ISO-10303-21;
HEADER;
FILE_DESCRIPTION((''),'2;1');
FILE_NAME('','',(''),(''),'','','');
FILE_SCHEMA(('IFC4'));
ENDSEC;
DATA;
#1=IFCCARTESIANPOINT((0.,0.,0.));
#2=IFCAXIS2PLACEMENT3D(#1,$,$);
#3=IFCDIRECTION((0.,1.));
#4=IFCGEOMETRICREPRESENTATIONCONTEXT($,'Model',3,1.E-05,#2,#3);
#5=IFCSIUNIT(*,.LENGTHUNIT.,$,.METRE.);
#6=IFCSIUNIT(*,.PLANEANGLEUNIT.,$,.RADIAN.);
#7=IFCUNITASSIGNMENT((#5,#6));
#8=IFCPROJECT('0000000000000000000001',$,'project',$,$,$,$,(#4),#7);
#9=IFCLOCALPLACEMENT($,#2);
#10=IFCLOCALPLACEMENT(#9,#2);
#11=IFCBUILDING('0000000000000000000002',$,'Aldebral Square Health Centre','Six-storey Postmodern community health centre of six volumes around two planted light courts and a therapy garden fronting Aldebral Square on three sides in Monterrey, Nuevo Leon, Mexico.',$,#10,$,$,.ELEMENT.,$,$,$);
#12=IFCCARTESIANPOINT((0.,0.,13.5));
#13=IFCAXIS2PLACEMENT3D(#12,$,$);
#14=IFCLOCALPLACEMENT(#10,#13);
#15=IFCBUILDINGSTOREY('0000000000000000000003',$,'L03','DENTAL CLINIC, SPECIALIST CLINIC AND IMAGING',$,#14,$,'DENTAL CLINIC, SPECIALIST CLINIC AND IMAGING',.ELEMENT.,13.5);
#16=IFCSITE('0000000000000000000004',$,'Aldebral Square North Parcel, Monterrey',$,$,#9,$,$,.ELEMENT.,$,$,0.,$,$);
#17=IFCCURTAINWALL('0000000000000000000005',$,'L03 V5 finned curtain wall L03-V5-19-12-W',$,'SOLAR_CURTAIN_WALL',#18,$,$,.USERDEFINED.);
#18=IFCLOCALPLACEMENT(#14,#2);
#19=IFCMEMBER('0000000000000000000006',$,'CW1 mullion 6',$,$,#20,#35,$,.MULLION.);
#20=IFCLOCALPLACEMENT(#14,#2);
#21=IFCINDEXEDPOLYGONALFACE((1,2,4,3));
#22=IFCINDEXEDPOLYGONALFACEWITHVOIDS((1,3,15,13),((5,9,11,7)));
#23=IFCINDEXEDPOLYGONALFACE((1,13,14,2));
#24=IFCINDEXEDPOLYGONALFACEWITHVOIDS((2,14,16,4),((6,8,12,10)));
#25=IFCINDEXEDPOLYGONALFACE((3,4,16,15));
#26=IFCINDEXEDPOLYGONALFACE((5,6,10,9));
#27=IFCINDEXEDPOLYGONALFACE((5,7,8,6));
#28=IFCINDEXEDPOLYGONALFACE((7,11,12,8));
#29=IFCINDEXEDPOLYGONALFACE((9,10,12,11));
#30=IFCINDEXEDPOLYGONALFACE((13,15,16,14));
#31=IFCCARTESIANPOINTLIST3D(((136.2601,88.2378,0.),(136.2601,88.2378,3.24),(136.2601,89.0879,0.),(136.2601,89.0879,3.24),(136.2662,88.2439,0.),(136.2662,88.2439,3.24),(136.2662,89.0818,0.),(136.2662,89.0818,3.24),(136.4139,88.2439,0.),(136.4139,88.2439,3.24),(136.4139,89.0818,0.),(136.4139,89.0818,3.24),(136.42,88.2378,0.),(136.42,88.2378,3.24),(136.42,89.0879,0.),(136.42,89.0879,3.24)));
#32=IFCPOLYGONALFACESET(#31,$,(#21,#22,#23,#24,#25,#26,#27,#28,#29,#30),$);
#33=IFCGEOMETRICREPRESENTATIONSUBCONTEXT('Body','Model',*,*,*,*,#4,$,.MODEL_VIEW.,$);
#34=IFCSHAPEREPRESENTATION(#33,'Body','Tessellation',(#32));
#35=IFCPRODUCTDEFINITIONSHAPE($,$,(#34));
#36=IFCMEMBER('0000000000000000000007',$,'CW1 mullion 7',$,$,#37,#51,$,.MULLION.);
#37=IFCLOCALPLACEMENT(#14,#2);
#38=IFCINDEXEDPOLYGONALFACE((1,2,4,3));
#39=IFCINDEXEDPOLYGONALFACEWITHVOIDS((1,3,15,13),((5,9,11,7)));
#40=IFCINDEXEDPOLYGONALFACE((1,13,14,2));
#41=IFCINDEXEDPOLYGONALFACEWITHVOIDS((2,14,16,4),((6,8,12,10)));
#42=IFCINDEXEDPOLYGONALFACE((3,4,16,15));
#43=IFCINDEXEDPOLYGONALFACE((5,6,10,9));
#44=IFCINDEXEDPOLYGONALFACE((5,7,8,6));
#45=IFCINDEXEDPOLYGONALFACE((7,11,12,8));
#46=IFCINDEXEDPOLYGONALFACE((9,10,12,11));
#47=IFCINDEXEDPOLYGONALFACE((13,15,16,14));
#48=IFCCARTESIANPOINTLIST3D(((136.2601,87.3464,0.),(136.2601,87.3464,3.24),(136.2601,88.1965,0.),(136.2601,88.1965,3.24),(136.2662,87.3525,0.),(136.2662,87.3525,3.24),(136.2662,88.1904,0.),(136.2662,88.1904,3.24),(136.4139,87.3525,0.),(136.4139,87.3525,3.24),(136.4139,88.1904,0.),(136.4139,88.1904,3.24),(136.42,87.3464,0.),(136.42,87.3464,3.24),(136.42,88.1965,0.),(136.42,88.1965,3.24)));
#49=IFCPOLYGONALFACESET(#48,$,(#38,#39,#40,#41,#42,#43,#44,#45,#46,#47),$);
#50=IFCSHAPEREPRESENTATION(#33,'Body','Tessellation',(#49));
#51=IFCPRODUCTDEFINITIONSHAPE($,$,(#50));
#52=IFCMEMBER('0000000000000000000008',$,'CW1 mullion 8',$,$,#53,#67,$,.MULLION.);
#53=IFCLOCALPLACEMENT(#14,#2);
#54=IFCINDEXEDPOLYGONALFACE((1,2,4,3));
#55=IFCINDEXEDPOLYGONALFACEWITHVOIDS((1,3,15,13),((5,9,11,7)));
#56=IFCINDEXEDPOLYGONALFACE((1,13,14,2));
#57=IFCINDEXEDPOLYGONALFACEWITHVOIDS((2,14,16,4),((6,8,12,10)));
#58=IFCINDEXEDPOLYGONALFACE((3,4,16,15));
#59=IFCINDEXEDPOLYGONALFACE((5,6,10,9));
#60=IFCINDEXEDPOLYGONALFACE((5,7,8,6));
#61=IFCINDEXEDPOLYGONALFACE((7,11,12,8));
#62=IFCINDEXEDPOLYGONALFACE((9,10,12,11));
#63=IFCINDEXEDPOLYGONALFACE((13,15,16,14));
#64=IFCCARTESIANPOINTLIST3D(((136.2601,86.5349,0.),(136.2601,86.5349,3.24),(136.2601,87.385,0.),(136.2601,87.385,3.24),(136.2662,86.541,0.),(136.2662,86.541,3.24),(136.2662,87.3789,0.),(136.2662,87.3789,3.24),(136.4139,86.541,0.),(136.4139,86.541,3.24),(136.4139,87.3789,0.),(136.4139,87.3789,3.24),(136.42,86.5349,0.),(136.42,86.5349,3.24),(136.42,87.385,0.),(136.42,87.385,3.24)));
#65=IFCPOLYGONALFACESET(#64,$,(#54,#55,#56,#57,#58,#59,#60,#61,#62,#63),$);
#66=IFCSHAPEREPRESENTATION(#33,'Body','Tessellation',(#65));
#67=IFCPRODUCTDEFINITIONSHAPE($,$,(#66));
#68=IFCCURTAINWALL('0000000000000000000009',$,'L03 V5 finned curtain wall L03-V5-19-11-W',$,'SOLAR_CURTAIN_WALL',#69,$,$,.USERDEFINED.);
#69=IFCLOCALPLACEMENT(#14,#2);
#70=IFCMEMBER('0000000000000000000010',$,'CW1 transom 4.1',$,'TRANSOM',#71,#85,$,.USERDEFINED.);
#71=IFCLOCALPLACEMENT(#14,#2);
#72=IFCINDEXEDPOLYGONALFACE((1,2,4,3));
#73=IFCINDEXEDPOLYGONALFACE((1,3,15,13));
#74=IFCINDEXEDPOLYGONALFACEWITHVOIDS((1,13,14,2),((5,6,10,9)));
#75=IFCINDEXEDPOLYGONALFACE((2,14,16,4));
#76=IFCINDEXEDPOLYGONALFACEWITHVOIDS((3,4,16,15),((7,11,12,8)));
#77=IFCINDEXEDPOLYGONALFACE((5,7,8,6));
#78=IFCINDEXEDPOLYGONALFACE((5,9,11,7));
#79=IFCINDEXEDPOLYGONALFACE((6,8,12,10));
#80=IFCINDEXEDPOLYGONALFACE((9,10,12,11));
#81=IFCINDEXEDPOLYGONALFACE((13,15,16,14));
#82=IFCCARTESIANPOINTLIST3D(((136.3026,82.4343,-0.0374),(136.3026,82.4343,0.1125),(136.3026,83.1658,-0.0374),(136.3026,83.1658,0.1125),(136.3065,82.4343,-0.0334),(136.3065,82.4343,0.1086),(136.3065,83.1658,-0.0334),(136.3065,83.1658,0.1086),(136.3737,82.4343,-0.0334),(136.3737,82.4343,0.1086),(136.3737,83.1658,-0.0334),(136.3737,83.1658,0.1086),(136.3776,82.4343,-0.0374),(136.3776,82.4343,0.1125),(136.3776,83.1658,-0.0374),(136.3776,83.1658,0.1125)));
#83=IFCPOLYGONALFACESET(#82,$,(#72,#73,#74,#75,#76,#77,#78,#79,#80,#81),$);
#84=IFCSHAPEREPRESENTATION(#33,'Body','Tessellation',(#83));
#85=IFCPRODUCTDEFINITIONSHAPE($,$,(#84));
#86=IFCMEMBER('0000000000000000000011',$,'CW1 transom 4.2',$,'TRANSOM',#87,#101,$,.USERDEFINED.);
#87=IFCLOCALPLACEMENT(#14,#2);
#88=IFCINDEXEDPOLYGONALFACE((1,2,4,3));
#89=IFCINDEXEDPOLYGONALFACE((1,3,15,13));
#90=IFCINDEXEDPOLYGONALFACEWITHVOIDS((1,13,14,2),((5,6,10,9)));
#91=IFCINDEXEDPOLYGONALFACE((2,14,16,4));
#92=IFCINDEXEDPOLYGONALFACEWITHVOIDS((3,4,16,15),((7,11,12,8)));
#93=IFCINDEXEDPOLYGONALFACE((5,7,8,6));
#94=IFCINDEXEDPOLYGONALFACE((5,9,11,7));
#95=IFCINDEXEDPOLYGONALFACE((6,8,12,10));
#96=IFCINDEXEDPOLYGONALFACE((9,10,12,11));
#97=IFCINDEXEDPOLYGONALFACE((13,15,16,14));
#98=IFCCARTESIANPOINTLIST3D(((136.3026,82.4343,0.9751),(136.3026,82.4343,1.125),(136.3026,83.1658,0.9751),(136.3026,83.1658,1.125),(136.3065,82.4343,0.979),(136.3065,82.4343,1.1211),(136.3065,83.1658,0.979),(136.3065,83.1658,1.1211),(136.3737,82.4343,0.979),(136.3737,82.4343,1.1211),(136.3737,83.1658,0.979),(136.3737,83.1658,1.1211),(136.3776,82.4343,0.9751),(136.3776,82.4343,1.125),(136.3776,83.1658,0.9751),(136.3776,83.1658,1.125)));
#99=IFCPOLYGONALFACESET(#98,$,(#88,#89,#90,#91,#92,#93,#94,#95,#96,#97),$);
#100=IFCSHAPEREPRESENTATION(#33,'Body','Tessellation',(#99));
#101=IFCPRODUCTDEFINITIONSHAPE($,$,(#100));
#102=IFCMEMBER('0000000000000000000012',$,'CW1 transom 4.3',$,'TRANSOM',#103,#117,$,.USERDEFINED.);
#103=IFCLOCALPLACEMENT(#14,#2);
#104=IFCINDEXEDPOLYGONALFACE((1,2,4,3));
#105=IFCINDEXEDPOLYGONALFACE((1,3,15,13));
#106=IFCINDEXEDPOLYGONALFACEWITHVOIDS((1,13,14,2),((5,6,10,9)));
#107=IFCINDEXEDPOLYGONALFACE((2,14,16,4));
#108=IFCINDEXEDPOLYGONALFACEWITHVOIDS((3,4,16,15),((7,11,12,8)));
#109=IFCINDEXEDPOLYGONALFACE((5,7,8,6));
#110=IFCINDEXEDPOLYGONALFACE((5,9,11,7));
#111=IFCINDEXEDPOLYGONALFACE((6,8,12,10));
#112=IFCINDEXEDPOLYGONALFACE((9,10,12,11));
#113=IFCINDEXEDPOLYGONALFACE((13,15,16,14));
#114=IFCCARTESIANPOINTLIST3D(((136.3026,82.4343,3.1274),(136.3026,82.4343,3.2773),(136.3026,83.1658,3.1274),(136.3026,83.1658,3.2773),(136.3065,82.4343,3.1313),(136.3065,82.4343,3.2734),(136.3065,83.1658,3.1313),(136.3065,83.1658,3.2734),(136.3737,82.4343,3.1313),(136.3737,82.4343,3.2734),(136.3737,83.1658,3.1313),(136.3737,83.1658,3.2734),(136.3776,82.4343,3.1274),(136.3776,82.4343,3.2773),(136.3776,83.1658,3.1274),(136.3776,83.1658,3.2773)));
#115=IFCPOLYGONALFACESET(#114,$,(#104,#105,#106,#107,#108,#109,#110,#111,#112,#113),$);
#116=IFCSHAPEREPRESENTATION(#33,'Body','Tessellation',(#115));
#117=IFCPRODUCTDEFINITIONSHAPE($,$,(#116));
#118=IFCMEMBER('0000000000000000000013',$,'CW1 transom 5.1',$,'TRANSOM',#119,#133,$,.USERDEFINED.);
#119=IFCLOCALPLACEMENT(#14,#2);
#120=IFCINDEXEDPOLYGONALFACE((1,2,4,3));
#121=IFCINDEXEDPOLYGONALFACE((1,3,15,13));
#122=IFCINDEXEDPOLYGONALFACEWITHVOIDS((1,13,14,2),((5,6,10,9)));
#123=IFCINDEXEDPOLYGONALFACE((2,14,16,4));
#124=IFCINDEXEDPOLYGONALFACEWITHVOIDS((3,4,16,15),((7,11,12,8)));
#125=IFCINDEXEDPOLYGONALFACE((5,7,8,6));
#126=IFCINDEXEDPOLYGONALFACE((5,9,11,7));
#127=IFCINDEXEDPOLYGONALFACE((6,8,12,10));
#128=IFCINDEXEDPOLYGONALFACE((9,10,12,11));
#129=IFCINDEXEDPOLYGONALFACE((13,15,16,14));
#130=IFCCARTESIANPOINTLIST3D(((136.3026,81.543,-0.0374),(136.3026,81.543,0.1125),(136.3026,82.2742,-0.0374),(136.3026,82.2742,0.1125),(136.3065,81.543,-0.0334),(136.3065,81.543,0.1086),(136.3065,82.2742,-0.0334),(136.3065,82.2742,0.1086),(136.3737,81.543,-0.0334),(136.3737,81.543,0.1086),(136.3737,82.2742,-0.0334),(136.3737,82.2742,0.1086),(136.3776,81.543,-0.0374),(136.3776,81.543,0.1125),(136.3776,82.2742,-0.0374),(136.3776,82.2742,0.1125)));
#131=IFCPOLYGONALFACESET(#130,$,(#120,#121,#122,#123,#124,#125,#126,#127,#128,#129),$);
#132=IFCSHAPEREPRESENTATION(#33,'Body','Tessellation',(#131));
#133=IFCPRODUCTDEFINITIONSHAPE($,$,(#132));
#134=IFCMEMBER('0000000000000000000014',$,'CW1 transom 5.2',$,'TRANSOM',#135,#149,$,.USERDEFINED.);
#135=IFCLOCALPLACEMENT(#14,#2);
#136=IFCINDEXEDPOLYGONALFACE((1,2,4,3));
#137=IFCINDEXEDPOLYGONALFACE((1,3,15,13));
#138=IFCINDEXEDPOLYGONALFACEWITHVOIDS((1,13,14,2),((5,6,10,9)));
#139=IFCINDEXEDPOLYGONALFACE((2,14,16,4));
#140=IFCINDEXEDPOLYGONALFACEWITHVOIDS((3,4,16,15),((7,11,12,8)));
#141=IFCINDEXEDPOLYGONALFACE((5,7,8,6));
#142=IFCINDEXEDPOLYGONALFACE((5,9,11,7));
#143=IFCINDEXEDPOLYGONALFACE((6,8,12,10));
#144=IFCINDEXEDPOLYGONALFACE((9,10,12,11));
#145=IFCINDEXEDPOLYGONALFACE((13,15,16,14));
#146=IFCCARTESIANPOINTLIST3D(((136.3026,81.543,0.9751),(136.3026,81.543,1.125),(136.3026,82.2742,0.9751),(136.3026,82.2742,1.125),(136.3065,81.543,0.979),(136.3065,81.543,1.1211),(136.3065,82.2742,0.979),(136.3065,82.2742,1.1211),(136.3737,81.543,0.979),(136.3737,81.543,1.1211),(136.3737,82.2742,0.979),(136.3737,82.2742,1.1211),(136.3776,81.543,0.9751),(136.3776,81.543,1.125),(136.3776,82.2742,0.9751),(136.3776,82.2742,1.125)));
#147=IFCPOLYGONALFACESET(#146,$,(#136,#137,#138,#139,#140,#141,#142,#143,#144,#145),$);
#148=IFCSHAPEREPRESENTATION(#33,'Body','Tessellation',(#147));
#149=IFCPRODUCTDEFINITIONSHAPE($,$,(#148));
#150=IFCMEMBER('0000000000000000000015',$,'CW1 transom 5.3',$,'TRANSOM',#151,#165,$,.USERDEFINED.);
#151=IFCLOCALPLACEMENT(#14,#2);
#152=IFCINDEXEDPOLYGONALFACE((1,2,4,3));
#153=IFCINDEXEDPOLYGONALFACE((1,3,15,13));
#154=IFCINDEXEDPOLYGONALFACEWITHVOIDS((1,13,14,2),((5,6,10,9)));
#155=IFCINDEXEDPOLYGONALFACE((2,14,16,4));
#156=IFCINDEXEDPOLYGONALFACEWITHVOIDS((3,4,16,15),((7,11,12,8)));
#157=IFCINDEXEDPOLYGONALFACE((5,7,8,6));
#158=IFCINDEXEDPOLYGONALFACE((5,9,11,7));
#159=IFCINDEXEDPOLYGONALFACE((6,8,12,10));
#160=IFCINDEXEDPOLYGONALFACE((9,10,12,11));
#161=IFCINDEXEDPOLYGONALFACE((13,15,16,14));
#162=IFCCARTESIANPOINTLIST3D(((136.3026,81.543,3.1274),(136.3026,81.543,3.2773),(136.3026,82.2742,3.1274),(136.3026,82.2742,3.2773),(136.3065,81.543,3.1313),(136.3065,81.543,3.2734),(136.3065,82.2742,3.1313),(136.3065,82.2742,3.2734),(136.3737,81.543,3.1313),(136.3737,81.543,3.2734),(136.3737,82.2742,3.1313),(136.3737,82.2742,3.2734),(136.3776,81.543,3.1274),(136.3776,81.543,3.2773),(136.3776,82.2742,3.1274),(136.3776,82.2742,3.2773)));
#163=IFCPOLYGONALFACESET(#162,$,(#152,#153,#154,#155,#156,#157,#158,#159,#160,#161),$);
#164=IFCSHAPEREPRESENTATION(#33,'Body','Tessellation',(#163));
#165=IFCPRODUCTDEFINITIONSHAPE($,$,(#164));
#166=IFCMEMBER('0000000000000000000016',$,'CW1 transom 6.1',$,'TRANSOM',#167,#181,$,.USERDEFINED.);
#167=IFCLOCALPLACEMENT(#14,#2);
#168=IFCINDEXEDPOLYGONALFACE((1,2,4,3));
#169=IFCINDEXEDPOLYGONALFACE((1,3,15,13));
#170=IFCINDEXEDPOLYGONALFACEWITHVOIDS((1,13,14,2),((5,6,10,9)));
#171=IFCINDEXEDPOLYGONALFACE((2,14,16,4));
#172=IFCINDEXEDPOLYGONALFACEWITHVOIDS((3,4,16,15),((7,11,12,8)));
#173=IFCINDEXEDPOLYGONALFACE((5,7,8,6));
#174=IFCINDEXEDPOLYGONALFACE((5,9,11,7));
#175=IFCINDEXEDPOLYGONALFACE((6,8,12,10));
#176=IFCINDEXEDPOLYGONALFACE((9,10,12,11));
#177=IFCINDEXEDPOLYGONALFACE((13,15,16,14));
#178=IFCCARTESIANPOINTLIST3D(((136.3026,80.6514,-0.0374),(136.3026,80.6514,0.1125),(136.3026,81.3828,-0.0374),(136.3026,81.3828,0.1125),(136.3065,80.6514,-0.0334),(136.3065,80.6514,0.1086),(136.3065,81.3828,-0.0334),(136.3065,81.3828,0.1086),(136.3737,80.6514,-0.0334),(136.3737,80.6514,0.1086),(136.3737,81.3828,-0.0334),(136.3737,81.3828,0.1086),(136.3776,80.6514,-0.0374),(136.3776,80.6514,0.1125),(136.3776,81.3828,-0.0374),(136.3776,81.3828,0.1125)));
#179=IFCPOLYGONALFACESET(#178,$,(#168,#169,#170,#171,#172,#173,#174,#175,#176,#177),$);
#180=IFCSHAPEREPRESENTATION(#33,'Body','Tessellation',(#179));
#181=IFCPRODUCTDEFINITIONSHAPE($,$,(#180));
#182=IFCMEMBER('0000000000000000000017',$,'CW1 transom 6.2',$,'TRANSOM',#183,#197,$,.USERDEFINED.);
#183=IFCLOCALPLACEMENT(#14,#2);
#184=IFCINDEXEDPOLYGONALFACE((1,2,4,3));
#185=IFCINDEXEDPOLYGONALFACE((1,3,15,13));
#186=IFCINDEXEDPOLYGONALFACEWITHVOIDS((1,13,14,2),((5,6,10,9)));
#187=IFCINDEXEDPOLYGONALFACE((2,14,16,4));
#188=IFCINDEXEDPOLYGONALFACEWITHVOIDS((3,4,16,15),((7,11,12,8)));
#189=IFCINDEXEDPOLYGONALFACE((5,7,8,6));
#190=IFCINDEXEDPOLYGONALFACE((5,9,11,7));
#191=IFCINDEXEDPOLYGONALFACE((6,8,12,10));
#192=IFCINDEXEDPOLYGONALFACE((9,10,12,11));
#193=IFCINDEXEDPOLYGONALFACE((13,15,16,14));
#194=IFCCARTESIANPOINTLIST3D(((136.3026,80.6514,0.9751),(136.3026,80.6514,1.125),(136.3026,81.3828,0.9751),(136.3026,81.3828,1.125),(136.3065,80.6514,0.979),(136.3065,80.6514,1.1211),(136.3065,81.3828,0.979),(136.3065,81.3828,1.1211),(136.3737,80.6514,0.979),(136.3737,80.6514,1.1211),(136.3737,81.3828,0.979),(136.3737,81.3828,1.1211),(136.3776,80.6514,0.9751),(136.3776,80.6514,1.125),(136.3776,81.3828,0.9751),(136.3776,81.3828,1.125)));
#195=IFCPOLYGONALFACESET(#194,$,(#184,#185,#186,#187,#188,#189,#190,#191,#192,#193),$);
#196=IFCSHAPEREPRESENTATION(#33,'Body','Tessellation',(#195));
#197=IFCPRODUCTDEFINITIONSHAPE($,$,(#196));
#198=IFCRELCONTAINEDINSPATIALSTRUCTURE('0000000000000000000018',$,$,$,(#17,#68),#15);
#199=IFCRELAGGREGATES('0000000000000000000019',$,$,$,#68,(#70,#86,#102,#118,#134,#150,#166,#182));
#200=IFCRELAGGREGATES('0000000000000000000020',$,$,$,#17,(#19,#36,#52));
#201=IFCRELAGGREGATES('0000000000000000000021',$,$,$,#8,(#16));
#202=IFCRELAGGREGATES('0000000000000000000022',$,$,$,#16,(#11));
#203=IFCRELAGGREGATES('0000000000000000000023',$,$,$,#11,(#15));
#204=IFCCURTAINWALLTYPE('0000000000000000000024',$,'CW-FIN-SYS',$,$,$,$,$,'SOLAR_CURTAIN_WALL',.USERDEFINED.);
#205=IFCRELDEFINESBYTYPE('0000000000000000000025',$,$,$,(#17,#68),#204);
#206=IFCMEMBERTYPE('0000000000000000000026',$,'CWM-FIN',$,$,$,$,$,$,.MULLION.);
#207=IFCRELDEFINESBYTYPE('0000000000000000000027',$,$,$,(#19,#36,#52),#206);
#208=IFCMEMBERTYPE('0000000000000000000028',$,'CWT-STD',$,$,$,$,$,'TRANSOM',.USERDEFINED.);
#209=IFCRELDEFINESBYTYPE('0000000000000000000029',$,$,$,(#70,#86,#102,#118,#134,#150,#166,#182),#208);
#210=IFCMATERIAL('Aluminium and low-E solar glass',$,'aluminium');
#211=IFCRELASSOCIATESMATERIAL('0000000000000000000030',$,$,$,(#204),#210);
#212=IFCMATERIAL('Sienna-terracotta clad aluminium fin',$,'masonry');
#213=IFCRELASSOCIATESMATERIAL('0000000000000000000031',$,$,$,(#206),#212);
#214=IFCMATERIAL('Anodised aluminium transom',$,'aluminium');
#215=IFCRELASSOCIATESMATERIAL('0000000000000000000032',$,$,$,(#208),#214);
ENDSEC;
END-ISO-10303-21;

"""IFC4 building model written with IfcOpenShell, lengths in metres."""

from ifc_helpers import new_model, si_unit, direction, frame, origin, origin_2d, place, context, subcontext, project, spatial, hollow_rectangle, extrude, material, material_profile, profile_set, type_object, element, aggregate, save


model = new_model("IFC4")

# Units and contexts
model_context = context("Model", 3, precision=1e-05, world=origin(), true_north=direction((0.0, 1.0)))
body_context = subcontext(model_context, "Body", "Model", "MODEL_VIEW")
ifc_project = project(units=[si_unit("LENGTHUNIT", "METRE"), si_unit("PLANEANGLEUNIT", "RADIAN")], contexts=[model_context])

# Site, building, storey
site_placement = place(None, origin())
site = spatial("IfcSite", under=ifc_project, at=site_placement, Name="Aldebral Square North Parcel, Monterrey", CompositionType="ELEMENT", RefElevation=0.0)
building_placement = place(site_placement, origin())
building = spatial("IfcBuilding", under=site, at=building_placement, Name="Aldebral Square Health Centre", Description="Six-storey Postmodern community health centre of six volumes around two planted light courts and a therapy garden fronting Aldebral Square on three sides in Monterrey, Nuevo Leon, Mexico.", CompositionType="ELEMENT")
storey_placement = place(building_placement, frame((0.0, 0.0, 13.5)))
storey = spatial("IfcBuildingStorey", under=building, at=storey_placement, Name="L03", Description="DENTAL CLINIC, SPECIALIST CLINIC AND IMAGING", LongName="DENTAL CLINIC, SPECIALIST CLINIC AND IMAGING", CompositionType="ELEMENT", Elevation=13.5)

# Curtain wall, members
ifc_material_1 = material(Name="Aluminium and low-E solar glass", Category="aluminium")
curtain_wall_type = type_object("IfcCurtainWallType", Name="CW-FIN-SYS", ElementType="SOLAR_CURTAIN_WALL", PredefinedType="USERDEFINED", material=ifc_material_1)
curtain_wall_1_placement = place(storey_placement, origin())
curtain_wall_1 = element("IfcCurtainWall", 1, at=curtain_wall_1_placement, inside=storey, type_object=curtain_wall_type, Name="L03 V5 finned curtain wall L03-V5-19-12-W", ObjectType="SOLAR_CURTAIN_WALL", PredefinedType="USERDEFINED")
ifc_material_2 = material(Name="Sienna-terracotta clad aluminium fin", Category="masonry")
ifc_material_profile_1 = material_profile(ifc_material_2, hollow_rectangle(XDim=0.1599, YDim=0.8501, WallThickness=0.0061, at=origin_2d()), Name="FIN 160x850x6")
ifc_profile_set_1 = profile_set([ifc_material_profile_1], Name="Sienna-terracotta clad aluminium fin")
member_type_1 = type_object("IfcMemberType", Name="CWM-FIN", PredefinedType="MULLION", material=ifc_profile_set_1)
member_1_placement = place(storey_placement, frame((136.3401, 88.6628, 0.0), z_axis=(0.0, 0.0, 1.0), x_axis=(1.0, 0.0, 0.0)))
member_1 = element("IfcMember", 2, at=member_1_placement, type_object=member_type_1, Name="CW1 mullion 6", PredefinedType="MULLION", context=body_context, shape_type="SweptSolid", body=[
    extrude(hollow_rectangle(XDim=0.1599, YDim=0.8501, WallThickness=0.0061, at=origin_2d()), origin(), (0.0, 0.0, 1.0), 3.24),
])
member_2_placement = place(storey_placement, frame((136.3401, 87.7715, 0.0), z_axis=(0.0, 0.0, 1.0), x_axis=(1.0, 0.0, 0.0)))
member_2 = element("IfcMember", 3, at=member_2_placement, type_object=member_type_1, Name="CW1 mullion 7", PredefinedType="MULLION", context=body_context, shape_type="SweptSolid", body=[
    extrude(hollow_rectangle(XDim=0.1599, YDim=0.8501, WallThickness=0.0061, at=origin_2d()), origin(), (0.0, 0.0, 1.0), 3.24),
])
member_3_placement = place(storey_placement, frame((136.3401, 86.96, 0.0), z_axis=(0.0, 0.0, 1.0), x_axis=(1.0, 0.0, 0.0)))
member_3 = element("IfcMember", 4, at=member_3_placement, type_object=member_type_1, Name="CW1 mullion 8", PredefinedType="MULLION", context=body_context, shape_type="SweptSolid", body=[
    extrude(hollow_rectangle(XDim=0.1599, YDim=0.8501, WallThickness=0.0061, at=origin_2d()), origin(), (0.0, 0.0, 1.0), 3.24),
])

# Curtain wall, members
curtain_wall_2_placement = place(storey_placement, origin())
curtain_wall_2 = element("IfcCurtainWall", 5, at=curtain_wall_2_placement, inside=storey, type_object=curtain_wall_type, Name="L03 V5 finned curtain wall L03-V5-19-11-W", ObjectType="SOLAR_CURTAIN_WALL", PredefinedType="USERDEFINED")
ifc_material_3 = material(Name="Anodised aluminium transom", Category="aluminium")
ifc_material_profile_2 = material_profile(ifc_material_3, hollow_rectangle(XDim=0.075, YDim=0.1499, WallThickness=0.0039, at=origin_2d()), Name="CWT 75x150x4")
ifc_profile_set_2 = profile_set([ifc_material_profile_2], Name="Anodised aluminium transom")
member_type_2 = type_object("IfcMemberType", Name="CWT-STD", ElementType="TRANSOM", PredefinedType="USERDEFINED", material=ifc_profile_set_2)
member_4_placement = place(storey_placement, frame((136.3401, 83.1658, 0.0376), z_axis=(0.0, -1.0, 0.0), x_axis=(1.0, 0.0, 0.0)))
member_4 = element("IfcMember", 6, at=member_4_placement, type_object=member_type_2, Name="CW1 transom 4.1", ObjectType="TRANSOM", PredefinedType="USERDEFINED", context=body_context, shape_type="SweptSolid", body=[
    extrude(hollow_rectangle(XDim=0.075, YDim=0.1499, WallThickness=0.0039, at=origin_2d()), origin(), (0.0, 0.0, 1.0), 0.7314),
])
member_5_placement = place(storey_placement, frame((136.3401, 83.1658, 1.05), z_axis=(0.0, -1.0, 0.0), x_axis=(1.0, 0.0, 0.0)))
member_5 = element("IfcMember", 7, at=member_5_placement, type_object=member_type_2, Name="CW1 transom 4.2", ObjectType="TRANSOM", PredefinedType="USERDEFINED", context=body_context, shape_type="SweptSolid", body=[
    extrude(hollow_rectangle(XDim=0.075, YDim=0.1499, WallThickness=0.0039, at=origin_2d()), origin(), (0.0, 0.0, 1.0), 0.7314),
])
member_6_placement = place(storey_placement, frame((136.3401, 83.1658, 3.2024), z_axis=(0.0, -1.0, 0.0), x_axis=(1.0, 0.0, 0.0)))
member_6 = element("IfcMember", 8, at=member_6_placement, type_object=member_type_2, Name="CW1 transom 4.3", ObjectType="TRANSOM", PredefinedType="USERDEFINED", context=body_context, shape_type="SweptSolid", body=[
    extrude(hollow_rectangle(XDim=0.075, YDim=0.1499, WallThickness=0.0039, at=origin_2d()), origin(), (0.0, 0.0, 1.0), 0.7314),
])
member_7_placement = place(storey_placement, frame((136.3401, 82.2742, 0.0376), z_axis=(0.0, -1.0, 0.0), x_axis=(1.0, 0.0, 0.0)))
member_7 = element("IfcMember", 9, at=member_7_placement, type_object=member_type_2, Name="CW1 transom 5.1", ObjectType="TRANSOM", PredefinedType="USERDEFINED", context=body_context, shape_type="SweptSolid", body=[
    extrude(hollow_rectangle(XDim=0.075, YDim=0.1499, WallThickness=0.0039, at=origin_2d()), origin(), (0.0, 0.0, 1.0), 0.7312),
])
member_8_placement = place(storey_placement, frame((136.3401, 82.2742, 1.05), z_axis=(0.0, -1.0, 0.0), x_axis=(1.0, 0.0, 0.0)))
member_8 = element("IfcMember", 10, at=member_8_placement, type_object=member_type_2, Name="CW1 transom 5.2", ObjectType="TRANSOM", PredefinedType="USERDEFINED", context=body_context, shape_type="SweptSolid", body=[
    extrude(hollow_rectangle(XDim=0.075, YDim=0.1499, WallThickness=0.0039, at=origin_2d()), origin(), (0.0, 0.0, 1.0), 0.7312),
])
member_9_placement = place(storey_placement, frame((136.3401, 82.2742, 3.2024), z_axis=(0.0, -1.0, 0.0), x_axis=(1.0, 0.0, 0.0)))
member_9 = element("IfcMember", 11, at=member_9_placement, type_object=member_type_2, Name="CW1 transom 5.3", ObjectType="TRANSOM", PredefinedType="USERDEFINED", context=body_context, shape_type="SweptSolid", body=[
    extrude(hollow_rectangle(XDim=0.075, YDim=0.1499, WallThickness=0.0039, at=origin_2d()), origin(), (0.0, 0.0, 1.0), 0.7312),
])
member_10_placement = place(storey_placement, frame((136.3401, 81.3828, 0.0376), z_axis=(0.0, -1.0, 0.0), x_axis=(1.0, 0.0, 0.0)))
member_10 = element("IfcMember", 12, at=member_10_placement, type_object=member_type_2, Name="CW1 transom 6.1", ObjectType="TRANSOM", PredefinedType="USERDEFINED", context=body_context, shape_type="SweptSolid", body=[
    extrude(hollow_rectangle(XDim=0.075, YDim=0.1499, WallThickness=0.0039, at=origin_2d()), origin(), (0.0, 0.0, 1.0), 0.7314),
])
member_11_placement = place(storey_placement, frame((136.3401, 81.3828, 1.05), z_axis=(0.0, -1.0, 0.0), x_axis=(1.0, 0.0, 0.0)))
member_11 = element("IfcMember", 13, at=member_11_placement, type_object=member_type_2, Name="CW1 transom 6.2", ObjectType="TRANSOM", PredefinedType="USERDEFINED", context=body_context, shape_type="SweptSolid", body=[
    extrude(hollow_rectangle(XDim=0.075, YDim=0.1499, WallThickness=0.0039, at=origin_2d()), origin(), (0.0, 0.0, 1.0), 0.7314),
])
aggregate(curtain_wall_2, [member_4, member_5, member_6, member_7, member_8, member_9, member_10, member_11])

aggregate(curtain_wall_1, [member_1, member_2, member_3])

save(model, "model.ifc")
